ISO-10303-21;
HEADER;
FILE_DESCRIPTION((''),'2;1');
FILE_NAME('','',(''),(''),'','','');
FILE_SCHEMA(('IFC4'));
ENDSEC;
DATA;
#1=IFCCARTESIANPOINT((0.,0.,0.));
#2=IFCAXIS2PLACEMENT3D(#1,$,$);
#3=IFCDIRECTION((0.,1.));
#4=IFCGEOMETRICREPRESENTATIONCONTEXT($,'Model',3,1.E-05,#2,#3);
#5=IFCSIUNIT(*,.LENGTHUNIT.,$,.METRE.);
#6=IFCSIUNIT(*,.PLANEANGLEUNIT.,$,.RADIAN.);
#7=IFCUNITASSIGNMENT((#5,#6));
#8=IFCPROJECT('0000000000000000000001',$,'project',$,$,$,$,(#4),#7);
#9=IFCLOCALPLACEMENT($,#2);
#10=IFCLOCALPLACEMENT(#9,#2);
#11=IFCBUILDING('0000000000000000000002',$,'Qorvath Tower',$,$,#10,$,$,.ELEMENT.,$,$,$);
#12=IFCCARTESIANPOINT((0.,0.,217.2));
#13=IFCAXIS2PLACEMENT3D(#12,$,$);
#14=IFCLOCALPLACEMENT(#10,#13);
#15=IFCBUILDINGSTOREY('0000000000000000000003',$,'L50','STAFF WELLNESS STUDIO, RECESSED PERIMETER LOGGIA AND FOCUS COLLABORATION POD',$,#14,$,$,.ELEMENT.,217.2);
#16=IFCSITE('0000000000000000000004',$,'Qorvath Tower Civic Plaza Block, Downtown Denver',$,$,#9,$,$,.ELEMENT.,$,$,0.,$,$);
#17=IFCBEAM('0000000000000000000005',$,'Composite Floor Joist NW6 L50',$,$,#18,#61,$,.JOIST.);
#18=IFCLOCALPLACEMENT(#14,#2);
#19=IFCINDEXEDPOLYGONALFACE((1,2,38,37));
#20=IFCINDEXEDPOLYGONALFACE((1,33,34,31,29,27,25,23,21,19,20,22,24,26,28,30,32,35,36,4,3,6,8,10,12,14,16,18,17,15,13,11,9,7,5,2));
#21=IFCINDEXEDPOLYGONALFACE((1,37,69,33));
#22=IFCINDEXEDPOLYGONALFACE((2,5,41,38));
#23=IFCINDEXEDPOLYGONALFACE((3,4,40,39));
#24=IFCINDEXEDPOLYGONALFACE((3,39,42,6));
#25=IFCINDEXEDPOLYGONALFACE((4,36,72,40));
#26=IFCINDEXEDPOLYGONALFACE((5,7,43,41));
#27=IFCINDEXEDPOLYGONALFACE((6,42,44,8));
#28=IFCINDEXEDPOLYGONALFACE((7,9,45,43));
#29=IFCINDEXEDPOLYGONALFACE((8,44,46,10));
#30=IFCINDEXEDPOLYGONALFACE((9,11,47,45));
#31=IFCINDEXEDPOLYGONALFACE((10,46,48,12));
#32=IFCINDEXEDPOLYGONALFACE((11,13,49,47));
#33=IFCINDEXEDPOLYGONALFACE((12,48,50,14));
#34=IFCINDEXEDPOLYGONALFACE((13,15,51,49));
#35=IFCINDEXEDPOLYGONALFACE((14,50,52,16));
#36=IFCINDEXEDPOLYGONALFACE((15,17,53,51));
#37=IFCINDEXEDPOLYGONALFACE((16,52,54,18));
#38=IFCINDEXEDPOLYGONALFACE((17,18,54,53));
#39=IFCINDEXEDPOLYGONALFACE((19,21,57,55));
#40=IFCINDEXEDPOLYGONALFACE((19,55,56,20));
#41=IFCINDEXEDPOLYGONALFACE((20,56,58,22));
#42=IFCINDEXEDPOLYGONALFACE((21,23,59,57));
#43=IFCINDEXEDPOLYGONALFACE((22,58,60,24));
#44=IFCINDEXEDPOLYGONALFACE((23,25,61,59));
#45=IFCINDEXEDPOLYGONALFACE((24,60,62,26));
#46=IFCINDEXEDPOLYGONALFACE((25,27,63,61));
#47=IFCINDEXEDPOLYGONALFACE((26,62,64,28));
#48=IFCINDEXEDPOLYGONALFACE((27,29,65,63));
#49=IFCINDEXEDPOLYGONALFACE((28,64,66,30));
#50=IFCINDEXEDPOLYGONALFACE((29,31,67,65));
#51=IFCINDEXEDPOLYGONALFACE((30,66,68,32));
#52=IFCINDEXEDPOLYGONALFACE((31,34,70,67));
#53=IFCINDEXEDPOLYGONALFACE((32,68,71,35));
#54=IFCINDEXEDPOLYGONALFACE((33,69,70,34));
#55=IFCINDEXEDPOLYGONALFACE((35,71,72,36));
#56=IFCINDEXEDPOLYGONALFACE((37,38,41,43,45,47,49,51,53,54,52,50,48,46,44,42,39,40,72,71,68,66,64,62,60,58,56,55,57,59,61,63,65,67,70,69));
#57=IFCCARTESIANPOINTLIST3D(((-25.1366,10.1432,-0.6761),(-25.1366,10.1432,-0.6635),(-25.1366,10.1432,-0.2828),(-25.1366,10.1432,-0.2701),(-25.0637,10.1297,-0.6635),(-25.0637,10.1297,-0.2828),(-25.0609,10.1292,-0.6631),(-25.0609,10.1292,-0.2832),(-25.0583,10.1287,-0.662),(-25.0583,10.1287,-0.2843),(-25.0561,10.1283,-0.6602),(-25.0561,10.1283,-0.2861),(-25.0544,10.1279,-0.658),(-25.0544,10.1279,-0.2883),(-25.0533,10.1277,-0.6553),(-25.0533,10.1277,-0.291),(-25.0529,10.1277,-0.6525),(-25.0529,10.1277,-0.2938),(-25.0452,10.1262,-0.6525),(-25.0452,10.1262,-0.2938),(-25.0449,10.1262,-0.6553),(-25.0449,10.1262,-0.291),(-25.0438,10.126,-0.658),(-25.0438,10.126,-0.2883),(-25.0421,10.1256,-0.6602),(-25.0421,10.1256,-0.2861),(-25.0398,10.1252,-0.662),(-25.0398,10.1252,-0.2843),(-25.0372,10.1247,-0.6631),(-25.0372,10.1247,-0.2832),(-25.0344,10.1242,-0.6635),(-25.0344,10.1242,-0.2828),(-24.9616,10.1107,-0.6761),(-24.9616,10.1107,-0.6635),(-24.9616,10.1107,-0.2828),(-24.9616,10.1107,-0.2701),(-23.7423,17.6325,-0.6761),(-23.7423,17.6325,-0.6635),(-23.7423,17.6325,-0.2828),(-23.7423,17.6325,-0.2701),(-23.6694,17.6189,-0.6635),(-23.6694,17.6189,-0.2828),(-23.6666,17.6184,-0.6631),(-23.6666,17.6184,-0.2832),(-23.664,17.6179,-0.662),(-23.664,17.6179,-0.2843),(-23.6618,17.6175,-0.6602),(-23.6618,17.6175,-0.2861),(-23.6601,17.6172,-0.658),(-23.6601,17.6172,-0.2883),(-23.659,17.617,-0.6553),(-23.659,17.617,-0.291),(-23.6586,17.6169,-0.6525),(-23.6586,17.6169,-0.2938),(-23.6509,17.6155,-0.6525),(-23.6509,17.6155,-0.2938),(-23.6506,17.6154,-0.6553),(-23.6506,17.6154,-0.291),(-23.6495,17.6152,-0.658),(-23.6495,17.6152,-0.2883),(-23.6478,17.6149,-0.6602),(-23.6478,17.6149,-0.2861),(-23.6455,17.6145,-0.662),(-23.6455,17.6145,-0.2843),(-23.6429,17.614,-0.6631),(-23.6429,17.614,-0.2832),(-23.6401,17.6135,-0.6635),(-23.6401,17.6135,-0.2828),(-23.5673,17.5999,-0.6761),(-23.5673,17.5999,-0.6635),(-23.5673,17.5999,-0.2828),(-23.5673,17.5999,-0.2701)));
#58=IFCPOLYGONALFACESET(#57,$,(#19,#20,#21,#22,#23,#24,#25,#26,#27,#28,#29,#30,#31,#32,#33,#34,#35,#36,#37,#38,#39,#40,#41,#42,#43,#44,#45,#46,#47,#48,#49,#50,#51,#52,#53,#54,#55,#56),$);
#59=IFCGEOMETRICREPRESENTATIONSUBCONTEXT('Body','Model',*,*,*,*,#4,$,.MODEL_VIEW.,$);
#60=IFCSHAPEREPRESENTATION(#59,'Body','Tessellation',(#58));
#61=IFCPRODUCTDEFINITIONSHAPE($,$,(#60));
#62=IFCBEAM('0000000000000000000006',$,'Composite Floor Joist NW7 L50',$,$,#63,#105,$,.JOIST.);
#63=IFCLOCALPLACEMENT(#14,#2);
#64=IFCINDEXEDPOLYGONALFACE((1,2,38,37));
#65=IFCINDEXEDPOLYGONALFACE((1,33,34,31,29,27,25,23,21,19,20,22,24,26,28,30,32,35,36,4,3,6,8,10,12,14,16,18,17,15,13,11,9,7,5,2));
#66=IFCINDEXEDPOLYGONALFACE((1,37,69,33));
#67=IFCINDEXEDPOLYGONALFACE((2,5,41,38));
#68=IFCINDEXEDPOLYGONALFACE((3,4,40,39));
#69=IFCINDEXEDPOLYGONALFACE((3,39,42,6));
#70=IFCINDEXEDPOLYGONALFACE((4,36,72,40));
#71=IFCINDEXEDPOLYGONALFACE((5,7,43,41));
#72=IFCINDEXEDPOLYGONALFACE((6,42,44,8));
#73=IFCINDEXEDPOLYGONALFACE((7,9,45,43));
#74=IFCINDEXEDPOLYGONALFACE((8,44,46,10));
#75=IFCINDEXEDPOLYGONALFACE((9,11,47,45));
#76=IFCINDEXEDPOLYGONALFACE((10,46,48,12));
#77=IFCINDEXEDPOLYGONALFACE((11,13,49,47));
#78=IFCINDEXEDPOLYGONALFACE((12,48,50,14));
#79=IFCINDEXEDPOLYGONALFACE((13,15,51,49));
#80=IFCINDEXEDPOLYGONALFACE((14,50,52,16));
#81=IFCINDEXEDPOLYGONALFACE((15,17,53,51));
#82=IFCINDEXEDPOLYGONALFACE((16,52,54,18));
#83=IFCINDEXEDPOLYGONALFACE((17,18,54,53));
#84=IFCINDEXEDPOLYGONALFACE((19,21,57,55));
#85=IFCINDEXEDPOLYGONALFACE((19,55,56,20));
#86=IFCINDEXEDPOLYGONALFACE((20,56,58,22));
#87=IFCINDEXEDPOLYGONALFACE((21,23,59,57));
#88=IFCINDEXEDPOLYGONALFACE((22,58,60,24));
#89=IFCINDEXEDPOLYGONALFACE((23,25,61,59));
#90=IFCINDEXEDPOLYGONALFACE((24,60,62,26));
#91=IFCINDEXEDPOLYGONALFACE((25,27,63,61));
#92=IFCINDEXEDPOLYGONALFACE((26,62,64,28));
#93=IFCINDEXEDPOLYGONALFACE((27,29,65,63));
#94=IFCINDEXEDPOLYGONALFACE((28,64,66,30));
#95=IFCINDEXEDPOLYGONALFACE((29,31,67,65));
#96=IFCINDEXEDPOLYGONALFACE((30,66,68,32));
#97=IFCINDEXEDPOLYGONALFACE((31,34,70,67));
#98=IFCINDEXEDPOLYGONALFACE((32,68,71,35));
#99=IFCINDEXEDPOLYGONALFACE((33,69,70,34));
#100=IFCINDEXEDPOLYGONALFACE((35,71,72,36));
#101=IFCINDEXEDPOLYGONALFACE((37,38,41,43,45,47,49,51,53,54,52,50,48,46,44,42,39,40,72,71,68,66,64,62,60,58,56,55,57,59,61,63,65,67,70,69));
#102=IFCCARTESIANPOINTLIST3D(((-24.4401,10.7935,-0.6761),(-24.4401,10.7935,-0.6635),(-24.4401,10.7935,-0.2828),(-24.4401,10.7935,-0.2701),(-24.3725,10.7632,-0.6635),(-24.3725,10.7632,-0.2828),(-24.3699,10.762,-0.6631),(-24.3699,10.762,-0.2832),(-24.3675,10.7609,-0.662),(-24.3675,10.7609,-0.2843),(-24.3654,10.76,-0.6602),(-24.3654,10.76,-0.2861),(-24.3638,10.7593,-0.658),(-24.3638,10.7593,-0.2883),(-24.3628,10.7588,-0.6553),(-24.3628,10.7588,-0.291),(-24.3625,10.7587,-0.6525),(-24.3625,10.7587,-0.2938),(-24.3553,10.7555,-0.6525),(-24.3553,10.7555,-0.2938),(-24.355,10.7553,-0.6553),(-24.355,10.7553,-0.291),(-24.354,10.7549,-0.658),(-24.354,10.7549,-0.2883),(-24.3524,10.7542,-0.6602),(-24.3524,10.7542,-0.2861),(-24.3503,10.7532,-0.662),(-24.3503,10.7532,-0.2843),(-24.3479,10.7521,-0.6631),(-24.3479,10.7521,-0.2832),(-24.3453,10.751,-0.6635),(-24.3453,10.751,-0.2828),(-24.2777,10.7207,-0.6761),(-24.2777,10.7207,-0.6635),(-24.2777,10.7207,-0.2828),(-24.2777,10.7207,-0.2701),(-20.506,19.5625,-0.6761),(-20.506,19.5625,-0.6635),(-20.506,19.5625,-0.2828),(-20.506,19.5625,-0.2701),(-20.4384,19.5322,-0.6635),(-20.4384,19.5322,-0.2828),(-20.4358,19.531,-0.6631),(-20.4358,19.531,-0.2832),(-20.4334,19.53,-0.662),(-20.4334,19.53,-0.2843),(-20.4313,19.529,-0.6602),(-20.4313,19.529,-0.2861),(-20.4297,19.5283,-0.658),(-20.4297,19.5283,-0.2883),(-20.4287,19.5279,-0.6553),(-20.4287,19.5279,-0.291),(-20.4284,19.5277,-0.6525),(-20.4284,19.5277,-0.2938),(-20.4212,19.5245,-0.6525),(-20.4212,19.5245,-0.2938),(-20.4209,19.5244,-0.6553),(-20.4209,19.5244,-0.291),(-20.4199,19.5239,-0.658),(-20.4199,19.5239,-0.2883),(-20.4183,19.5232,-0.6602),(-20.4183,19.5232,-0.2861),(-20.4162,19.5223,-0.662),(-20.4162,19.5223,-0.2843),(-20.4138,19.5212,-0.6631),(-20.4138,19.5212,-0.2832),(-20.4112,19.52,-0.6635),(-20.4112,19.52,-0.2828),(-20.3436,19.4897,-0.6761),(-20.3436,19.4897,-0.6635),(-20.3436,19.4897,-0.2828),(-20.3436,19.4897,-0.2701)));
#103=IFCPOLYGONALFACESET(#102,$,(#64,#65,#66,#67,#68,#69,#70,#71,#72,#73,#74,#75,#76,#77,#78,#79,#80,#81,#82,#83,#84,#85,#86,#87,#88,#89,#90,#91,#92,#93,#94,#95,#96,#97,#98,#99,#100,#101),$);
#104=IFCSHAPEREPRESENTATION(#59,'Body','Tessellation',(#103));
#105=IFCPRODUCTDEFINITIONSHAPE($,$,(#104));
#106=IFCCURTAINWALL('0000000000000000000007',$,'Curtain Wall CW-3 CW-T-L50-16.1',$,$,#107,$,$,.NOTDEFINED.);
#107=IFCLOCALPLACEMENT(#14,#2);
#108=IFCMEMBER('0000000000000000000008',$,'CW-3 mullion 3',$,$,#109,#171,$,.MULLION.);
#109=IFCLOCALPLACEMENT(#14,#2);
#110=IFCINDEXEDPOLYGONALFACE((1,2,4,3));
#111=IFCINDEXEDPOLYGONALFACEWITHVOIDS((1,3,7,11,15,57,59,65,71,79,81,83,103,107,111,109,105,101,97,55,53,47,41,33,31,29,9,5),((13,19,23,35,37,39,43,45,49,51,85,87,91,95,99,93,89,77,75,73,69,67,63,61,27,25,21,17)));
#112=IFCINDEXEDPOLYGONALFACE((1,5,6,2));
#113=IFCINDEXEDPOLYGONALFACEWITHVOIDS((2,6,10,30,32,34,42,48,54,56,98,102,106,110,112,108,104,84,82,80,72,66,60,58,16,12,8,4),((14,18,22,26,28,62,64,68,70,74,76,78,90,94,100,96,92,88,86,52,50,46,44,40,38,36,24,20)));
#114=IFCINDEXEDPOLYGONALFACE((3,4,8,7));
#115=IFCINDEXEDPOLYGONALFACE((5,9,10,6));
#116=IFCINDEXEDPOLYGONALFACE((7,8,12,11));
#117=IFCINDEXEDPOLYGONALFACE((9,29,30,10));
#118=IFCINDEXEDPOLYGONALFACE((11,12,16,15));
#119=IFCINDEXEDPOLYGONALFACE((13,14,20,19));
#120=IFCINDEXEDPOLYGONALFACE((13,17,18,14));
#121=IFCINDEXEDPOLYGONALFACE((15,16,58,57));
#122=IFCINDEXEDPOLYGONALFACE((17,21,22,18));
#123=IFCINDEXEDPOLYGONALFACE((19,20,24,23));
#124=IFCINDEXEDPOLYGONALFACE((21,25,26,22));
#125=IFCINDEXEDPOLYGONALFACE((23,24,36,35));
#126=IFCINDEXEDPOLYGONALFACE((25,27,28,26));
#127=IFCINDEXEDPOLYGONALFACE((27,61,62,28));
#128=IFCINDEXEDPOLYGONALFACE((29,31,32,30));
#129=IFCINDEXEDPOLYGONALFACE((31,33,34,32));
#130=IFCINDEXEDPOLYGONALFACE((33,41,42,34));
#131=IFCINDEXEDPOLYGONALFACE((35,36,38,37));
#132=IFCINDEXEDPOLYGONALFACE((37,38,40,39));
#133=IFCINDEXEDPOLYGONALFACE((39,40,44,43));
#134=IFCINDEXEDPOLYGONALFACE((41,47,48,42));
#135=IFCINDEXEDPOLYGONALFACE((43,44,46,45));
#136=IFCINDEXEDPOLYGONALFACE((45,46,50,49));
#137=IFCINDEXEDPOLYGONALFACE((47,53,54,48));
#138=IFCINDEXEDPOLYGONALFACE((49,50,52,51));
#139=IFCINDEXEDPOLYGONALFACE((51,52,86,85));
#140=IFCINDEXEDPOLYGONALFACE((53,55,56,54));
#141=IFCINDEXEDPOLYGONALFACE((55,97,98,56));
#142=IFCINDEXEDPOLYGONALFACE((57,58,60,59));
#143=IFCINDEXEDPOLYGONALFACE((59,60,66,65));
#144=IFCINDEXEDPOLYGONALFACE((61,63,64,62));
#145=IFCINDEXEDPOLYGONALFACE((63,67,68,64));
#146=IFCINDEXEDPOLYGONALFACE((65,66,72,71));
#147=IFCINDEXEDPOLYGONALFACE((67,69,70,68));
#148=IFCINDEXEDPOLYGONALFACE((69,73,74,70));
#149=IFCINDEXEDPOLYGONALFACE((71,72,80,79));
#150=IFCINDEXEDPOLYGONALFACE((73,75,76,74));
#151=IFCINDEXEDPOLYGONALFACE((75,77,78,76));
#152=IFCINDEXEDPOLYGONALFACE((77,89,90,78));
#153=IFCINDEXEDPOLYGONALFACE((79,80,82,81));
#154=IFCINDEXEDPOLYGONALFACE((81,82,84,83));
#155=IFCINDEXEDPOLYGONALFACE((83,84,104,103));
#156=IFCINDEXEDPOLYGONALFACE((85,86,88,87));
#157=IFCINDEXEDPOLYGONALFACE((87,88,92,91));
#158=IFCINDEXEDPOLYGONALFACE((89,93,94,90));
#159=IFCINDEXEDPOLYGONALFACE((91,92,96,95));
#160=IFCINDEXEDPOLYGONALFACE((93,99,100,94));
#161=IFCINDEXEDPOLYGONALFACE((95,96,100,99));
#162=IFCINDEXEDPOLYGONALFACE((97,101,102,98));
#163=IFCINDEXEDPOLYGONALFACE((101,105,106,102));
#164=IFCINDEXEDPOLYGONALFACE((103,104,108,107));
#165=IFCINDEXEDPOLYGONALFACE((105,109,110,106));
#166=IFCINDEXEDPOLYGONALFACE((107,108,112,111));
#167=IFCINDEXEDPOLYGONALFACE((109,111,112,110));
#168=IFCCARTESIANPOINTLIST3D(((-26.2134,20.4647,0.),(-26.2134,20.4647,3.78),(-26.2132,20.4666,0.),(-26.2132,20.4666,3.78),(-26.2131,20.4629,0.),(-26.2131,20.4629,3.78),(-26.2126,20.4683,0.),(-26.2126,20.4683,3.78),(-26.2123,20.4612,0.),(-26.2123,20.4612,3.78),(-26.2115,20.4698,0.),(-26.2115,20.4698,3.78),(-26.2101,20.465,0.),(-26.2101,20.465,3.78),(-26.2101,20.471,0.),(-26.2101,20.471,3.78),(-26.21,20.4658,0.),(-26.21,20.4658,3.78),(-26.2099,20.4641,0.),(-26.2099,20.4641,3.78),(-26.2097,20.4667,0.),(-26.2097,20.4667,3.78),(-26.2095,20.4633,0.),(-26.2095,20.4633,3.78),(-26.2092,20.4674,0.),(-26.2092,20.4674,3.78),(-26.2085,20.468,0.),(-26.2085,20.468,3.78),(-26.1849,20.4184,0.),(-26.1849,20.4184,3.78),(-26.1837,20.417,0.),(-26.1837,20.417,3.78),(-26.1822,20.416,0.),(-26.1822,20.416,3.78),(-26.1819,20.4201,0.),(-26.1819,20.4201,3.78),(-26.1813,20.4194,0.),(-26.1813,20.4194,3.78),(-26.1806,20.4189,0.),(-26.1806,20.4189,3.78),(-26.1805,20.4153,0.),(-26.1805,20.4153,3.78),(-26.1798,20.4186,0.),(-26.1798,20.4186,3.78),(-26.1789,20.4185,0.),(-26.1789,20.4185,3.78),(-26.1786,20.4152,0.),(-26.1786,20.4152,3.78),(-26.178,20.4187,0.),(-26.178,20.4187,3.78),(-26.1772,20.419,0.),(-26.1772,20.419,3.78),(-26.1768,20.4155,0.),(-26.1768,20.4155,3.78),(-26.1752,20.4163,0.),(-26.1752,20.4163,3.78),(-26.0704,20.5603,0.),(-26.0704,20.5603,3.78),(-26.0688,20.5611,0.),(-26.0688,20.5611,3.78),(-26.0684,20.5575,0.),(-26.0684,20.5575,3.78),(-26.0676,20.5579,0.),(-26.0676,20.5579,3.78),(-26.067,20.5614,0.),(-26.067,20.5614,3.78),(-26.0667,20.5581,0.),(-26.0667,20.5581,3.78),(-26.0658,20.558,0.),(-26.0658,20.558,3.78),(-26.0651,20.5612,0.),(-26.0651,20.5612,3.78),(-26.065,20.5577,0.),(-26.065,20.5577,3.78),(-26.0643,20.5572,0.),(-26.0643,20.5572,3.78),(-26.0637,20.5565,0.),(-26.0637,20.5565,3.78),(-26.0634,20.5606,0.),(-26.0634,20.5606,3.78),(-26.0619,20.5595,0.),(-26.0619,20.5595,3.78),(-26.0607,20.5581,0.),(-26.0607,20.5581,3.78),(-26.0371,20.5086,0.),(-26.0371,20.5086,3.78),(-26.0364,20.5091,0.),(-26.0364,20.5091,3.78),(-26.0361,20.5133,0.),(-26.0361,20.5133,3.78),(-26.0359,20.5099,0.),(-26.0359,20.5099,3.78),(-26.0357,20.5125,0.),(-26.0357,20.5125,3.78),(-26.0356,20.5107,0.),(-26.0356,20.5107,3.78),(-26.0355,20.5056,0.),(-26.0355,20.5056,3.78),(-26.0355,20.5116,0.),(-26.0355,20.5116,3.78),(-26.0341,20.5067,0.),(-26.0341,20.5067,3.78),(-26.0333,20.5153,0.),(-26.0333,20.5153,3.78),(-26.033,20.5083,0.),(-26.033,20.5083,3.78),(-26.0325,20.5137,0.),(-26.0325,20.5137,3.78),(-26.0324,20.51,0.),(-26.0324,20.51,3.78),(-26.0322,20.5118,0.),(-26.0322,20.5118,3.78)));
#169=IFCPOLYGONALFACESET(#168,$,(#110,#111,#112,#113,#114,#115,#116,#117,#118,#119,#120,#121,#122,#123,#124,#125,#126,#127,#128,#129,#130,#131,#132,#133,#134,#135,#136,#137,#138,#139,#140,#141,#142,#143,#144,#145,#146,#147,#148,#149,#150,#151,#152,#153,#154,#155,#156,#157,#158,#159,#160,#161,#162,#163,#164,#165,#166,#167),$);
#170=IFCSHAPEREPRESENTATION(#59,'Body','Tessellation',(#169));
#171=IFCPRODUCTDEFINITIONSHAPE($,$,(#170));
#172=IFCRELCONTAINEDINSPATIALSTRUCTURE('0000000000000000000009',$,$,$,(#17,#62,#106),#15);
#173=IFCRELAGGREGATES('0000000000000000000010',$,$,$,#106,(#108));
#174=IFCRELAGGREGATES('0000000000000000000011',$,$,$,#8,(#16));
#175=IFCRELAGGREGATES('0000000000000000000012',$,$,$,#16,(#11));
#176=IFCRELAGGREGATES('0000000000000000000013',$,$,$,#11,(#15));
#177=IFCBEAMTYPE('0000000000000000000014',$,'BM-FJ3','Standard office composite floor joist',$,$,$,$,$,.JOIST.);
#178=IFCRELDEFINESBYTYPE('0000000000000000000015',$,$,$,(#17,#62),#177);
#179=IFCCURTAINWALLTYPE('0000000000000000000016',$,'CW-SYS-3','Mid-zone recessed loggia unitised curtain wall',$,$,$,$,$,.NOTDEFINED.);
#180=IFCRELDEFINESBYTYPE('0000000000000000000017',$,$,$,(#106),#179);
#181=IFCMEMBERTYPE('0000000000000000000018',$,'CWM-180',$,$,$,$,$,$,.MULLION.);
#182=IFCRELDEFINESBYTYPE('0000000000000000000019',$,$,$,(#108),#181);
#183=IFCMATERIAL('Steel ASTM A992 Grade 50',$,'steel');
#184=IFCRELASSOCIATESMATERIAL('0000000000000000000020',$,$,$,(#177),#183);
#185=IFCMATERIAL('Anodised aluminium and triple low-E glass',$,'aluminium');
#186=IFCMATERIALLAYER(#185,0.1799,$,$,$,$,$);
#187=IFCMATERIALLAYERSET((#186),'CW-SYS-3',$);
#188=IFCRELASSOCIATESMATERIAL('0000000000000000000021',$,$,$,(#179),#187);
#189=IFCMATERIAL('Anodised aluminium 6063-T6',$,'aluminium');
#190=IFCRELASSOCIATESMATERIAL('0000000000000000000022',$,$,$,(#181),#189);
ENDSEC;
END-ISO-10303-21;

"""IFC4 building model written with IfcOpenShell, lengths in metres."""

from ifc_helpers import new_model, si_unit, direction, frame, origin, origin_2d, place, context, subcontext, project, spatial, hollow_rectangle, i_section, extrude, material, layer, layer_set, material_profile, profile_set, type_object, element, aggregate, save


model = new_model("IFC4")

# Units and contexts
model_context = context("Model", 3, precision=1e-05, world=origin(), true_north=direction((0.0, 1.0)))
body_context = subcontext(model_context, "Body", "Model", "MODEL_VIEW")
ifc_project = project(units=[si_unit("LENGTHUNIT", "METRE"), si_unit("PLANEANGLEUNIT", "RADIAN")], contexts=[model_context])

# Site, building, storey
site_placement = place(None, origin())
site = spatial("IfcSite", under=ifc_project, at=site_placement, Name="Qorvath Tower Civic Plaza Block, Downtown Denver", CompositionType="ELEMENT", RefElevation=0.0)
building_placement = place(site_placement, origin())
building = spatial("IfcBuilding", under=site, at=building_placement, Name="Qorvath Tower", CompositionType="ELEMENT")
storey_placement = place(building_placement, frame((0.0, 0.0, 217.2)))
storey = spatial("IfcBuildingStorey", under=building, at=storey_placement, Name="L50", Description="STAFF WELLNESS STUDIO, RECESSED PERIMETER LOGGIA AND FOCUS COLLABORATION POD", CompositionType="ELEMENT", Elevation=217.2)

# Beams
ifc_material_1 = material(Name="Steel ASTM A992 Grade 50", Category="steel")
ifc_material_profile_1 = material_profile(ifc_material_1, i_section(OverallWidth=0.178, OverallDepth=0.406, WebThickness=0.0078, FlangeThickness=0.0127, FilletRadius=0.011, at=origin_2d()), Name="W16x40")
ifc_profile_set_1 = profile_set([ifc_material_profile_1], Name="Steel ASTM A992 Grade 50")
beam_type_1 = type_object("IfcBeamType", Name="BM-FJ3", Description="Standard office composite floor joist", PredefinedType="JOIST", material=ifc_profile_set_1)
beam_1_placement = place(storey_placement, frame((-25.0491, 10.127, -0.4731), z_axis=(0.183027, 0.983108, 0.0), x_axis=(-0.983108, 0.183027, 0.0)))
element("IfcBeam", 1, at=beam_1_placement, inside=storey, type_object=beam_type_1, Name="Composite Floor Joist NW6 L50", PredefinedType="JOIST", context=body_context, shape_type="SweptSolid", body=[
    extrude(i_section(OverallWidth=0.178, OverallDepth=0.406, WebThickness=0.0078, FlangeThickness=0.0127, FilletRadius=0.011, at=origin_2d()), origin(), (0.0, 0.0, 1.0), 7.6179),
])
beam_2_placement = place(storey_placement, frame((-24.3589, 10.7571, -0.4731), z_axis=(0.409327, 0.912388, 0.0), x_axis=(-0.912388, 0.409327, 0.0)))
element("IfcBeam", 2, at=beam_2_placement, inside=storey, type_object=beam_type_1, Name="Composite Floor Joist NW7 L50", PredefinedType="JOIST", context=body_context, shape_type="SweptSolid", body=[
    extrude(i_section(OverallWidth=0.178, OverallDepth=0.406, WebThickness=0.0078, FlangeThickness=0.0127, FilletRadius=0.011, at=origin_2d()), origin(), (0.0, 0.0, 1.0), 9.6111),
])

# Curtain wall, member
ifc_material_2 = material(Name="Anodised aluminium and triple low-E glass", Category="aluminium")
ifc_layer_1 = layer(ifc_material_2, 0.1799)
ifc_layer_set_1 = layer_set([ifc_layer_1], Name="CW-SYS-3")
curtain_wall_type = type_object("IfcCurtainWallType", Name="CW-SYS-3", Description="Mid-zone recessed loggia unitised curtain wall", PredefinedType="NOTDEFINED", material=ifc_layer_set_1)
curtain_wall_placement = place(storey_placement, origin())
curtain_wall = element("IfcCurtainWall", 3, at=curtain_wall_placement, inside=storey, type_object=curtain_wall_type, Name="Curtain Wall CW-3 CW-T-L50-16.1", PredefinedType="NOTDEFINED")
ifc_material_3 = material(Name="Anodised aluminium 6063-T6", Category="aluminium")
ifc_material_profile_2 = material_profile(ifc_material_3, hollow_rectangle(XDim=0.0649, YDim=0.1799, WallThickness=0.0034, InnerFilletRadius=0.0034, OuterFilletRadius=0.0071, at=origin_2d()), Name="CWM 180x65")
ifc_profile_set_2 = profile_set([ifc_material_profile_2], Name="Anodised aluminium 6063-T6")
member_type_1 = type_object("IfcMemberType", Name="CWM-180", PredefinedType="MULLION", material=ifc_profile_set_2)
member_1_placement = place(storey_placement, frame((-26.1228, 20.4883, 0.0), z_axis=(0.0, 0.0, 1.0), x_axis=(0.538535, -0.842603, 0.0)))
member_1 = element("IfcMember", 4, at=member_1_placement, type_object=member_type_1, Name="CW-3 mullion 3", PredefinedType="MULLION", context=body_context, shape_type="SweptSolid", body=[
    extrude(hollow_rectangle(XDim=0.0649, YDim=0.1799, WallThickness=0.0034, InnerFilletRadius=0.0034, OuterFilletRadius=0.0071, at=origin_2d()), origin(), (0.0, 0.0, 1.0), 3.78),
])
aggregate(curtain_wall, [member_1])

save(model, "model.ifc")
